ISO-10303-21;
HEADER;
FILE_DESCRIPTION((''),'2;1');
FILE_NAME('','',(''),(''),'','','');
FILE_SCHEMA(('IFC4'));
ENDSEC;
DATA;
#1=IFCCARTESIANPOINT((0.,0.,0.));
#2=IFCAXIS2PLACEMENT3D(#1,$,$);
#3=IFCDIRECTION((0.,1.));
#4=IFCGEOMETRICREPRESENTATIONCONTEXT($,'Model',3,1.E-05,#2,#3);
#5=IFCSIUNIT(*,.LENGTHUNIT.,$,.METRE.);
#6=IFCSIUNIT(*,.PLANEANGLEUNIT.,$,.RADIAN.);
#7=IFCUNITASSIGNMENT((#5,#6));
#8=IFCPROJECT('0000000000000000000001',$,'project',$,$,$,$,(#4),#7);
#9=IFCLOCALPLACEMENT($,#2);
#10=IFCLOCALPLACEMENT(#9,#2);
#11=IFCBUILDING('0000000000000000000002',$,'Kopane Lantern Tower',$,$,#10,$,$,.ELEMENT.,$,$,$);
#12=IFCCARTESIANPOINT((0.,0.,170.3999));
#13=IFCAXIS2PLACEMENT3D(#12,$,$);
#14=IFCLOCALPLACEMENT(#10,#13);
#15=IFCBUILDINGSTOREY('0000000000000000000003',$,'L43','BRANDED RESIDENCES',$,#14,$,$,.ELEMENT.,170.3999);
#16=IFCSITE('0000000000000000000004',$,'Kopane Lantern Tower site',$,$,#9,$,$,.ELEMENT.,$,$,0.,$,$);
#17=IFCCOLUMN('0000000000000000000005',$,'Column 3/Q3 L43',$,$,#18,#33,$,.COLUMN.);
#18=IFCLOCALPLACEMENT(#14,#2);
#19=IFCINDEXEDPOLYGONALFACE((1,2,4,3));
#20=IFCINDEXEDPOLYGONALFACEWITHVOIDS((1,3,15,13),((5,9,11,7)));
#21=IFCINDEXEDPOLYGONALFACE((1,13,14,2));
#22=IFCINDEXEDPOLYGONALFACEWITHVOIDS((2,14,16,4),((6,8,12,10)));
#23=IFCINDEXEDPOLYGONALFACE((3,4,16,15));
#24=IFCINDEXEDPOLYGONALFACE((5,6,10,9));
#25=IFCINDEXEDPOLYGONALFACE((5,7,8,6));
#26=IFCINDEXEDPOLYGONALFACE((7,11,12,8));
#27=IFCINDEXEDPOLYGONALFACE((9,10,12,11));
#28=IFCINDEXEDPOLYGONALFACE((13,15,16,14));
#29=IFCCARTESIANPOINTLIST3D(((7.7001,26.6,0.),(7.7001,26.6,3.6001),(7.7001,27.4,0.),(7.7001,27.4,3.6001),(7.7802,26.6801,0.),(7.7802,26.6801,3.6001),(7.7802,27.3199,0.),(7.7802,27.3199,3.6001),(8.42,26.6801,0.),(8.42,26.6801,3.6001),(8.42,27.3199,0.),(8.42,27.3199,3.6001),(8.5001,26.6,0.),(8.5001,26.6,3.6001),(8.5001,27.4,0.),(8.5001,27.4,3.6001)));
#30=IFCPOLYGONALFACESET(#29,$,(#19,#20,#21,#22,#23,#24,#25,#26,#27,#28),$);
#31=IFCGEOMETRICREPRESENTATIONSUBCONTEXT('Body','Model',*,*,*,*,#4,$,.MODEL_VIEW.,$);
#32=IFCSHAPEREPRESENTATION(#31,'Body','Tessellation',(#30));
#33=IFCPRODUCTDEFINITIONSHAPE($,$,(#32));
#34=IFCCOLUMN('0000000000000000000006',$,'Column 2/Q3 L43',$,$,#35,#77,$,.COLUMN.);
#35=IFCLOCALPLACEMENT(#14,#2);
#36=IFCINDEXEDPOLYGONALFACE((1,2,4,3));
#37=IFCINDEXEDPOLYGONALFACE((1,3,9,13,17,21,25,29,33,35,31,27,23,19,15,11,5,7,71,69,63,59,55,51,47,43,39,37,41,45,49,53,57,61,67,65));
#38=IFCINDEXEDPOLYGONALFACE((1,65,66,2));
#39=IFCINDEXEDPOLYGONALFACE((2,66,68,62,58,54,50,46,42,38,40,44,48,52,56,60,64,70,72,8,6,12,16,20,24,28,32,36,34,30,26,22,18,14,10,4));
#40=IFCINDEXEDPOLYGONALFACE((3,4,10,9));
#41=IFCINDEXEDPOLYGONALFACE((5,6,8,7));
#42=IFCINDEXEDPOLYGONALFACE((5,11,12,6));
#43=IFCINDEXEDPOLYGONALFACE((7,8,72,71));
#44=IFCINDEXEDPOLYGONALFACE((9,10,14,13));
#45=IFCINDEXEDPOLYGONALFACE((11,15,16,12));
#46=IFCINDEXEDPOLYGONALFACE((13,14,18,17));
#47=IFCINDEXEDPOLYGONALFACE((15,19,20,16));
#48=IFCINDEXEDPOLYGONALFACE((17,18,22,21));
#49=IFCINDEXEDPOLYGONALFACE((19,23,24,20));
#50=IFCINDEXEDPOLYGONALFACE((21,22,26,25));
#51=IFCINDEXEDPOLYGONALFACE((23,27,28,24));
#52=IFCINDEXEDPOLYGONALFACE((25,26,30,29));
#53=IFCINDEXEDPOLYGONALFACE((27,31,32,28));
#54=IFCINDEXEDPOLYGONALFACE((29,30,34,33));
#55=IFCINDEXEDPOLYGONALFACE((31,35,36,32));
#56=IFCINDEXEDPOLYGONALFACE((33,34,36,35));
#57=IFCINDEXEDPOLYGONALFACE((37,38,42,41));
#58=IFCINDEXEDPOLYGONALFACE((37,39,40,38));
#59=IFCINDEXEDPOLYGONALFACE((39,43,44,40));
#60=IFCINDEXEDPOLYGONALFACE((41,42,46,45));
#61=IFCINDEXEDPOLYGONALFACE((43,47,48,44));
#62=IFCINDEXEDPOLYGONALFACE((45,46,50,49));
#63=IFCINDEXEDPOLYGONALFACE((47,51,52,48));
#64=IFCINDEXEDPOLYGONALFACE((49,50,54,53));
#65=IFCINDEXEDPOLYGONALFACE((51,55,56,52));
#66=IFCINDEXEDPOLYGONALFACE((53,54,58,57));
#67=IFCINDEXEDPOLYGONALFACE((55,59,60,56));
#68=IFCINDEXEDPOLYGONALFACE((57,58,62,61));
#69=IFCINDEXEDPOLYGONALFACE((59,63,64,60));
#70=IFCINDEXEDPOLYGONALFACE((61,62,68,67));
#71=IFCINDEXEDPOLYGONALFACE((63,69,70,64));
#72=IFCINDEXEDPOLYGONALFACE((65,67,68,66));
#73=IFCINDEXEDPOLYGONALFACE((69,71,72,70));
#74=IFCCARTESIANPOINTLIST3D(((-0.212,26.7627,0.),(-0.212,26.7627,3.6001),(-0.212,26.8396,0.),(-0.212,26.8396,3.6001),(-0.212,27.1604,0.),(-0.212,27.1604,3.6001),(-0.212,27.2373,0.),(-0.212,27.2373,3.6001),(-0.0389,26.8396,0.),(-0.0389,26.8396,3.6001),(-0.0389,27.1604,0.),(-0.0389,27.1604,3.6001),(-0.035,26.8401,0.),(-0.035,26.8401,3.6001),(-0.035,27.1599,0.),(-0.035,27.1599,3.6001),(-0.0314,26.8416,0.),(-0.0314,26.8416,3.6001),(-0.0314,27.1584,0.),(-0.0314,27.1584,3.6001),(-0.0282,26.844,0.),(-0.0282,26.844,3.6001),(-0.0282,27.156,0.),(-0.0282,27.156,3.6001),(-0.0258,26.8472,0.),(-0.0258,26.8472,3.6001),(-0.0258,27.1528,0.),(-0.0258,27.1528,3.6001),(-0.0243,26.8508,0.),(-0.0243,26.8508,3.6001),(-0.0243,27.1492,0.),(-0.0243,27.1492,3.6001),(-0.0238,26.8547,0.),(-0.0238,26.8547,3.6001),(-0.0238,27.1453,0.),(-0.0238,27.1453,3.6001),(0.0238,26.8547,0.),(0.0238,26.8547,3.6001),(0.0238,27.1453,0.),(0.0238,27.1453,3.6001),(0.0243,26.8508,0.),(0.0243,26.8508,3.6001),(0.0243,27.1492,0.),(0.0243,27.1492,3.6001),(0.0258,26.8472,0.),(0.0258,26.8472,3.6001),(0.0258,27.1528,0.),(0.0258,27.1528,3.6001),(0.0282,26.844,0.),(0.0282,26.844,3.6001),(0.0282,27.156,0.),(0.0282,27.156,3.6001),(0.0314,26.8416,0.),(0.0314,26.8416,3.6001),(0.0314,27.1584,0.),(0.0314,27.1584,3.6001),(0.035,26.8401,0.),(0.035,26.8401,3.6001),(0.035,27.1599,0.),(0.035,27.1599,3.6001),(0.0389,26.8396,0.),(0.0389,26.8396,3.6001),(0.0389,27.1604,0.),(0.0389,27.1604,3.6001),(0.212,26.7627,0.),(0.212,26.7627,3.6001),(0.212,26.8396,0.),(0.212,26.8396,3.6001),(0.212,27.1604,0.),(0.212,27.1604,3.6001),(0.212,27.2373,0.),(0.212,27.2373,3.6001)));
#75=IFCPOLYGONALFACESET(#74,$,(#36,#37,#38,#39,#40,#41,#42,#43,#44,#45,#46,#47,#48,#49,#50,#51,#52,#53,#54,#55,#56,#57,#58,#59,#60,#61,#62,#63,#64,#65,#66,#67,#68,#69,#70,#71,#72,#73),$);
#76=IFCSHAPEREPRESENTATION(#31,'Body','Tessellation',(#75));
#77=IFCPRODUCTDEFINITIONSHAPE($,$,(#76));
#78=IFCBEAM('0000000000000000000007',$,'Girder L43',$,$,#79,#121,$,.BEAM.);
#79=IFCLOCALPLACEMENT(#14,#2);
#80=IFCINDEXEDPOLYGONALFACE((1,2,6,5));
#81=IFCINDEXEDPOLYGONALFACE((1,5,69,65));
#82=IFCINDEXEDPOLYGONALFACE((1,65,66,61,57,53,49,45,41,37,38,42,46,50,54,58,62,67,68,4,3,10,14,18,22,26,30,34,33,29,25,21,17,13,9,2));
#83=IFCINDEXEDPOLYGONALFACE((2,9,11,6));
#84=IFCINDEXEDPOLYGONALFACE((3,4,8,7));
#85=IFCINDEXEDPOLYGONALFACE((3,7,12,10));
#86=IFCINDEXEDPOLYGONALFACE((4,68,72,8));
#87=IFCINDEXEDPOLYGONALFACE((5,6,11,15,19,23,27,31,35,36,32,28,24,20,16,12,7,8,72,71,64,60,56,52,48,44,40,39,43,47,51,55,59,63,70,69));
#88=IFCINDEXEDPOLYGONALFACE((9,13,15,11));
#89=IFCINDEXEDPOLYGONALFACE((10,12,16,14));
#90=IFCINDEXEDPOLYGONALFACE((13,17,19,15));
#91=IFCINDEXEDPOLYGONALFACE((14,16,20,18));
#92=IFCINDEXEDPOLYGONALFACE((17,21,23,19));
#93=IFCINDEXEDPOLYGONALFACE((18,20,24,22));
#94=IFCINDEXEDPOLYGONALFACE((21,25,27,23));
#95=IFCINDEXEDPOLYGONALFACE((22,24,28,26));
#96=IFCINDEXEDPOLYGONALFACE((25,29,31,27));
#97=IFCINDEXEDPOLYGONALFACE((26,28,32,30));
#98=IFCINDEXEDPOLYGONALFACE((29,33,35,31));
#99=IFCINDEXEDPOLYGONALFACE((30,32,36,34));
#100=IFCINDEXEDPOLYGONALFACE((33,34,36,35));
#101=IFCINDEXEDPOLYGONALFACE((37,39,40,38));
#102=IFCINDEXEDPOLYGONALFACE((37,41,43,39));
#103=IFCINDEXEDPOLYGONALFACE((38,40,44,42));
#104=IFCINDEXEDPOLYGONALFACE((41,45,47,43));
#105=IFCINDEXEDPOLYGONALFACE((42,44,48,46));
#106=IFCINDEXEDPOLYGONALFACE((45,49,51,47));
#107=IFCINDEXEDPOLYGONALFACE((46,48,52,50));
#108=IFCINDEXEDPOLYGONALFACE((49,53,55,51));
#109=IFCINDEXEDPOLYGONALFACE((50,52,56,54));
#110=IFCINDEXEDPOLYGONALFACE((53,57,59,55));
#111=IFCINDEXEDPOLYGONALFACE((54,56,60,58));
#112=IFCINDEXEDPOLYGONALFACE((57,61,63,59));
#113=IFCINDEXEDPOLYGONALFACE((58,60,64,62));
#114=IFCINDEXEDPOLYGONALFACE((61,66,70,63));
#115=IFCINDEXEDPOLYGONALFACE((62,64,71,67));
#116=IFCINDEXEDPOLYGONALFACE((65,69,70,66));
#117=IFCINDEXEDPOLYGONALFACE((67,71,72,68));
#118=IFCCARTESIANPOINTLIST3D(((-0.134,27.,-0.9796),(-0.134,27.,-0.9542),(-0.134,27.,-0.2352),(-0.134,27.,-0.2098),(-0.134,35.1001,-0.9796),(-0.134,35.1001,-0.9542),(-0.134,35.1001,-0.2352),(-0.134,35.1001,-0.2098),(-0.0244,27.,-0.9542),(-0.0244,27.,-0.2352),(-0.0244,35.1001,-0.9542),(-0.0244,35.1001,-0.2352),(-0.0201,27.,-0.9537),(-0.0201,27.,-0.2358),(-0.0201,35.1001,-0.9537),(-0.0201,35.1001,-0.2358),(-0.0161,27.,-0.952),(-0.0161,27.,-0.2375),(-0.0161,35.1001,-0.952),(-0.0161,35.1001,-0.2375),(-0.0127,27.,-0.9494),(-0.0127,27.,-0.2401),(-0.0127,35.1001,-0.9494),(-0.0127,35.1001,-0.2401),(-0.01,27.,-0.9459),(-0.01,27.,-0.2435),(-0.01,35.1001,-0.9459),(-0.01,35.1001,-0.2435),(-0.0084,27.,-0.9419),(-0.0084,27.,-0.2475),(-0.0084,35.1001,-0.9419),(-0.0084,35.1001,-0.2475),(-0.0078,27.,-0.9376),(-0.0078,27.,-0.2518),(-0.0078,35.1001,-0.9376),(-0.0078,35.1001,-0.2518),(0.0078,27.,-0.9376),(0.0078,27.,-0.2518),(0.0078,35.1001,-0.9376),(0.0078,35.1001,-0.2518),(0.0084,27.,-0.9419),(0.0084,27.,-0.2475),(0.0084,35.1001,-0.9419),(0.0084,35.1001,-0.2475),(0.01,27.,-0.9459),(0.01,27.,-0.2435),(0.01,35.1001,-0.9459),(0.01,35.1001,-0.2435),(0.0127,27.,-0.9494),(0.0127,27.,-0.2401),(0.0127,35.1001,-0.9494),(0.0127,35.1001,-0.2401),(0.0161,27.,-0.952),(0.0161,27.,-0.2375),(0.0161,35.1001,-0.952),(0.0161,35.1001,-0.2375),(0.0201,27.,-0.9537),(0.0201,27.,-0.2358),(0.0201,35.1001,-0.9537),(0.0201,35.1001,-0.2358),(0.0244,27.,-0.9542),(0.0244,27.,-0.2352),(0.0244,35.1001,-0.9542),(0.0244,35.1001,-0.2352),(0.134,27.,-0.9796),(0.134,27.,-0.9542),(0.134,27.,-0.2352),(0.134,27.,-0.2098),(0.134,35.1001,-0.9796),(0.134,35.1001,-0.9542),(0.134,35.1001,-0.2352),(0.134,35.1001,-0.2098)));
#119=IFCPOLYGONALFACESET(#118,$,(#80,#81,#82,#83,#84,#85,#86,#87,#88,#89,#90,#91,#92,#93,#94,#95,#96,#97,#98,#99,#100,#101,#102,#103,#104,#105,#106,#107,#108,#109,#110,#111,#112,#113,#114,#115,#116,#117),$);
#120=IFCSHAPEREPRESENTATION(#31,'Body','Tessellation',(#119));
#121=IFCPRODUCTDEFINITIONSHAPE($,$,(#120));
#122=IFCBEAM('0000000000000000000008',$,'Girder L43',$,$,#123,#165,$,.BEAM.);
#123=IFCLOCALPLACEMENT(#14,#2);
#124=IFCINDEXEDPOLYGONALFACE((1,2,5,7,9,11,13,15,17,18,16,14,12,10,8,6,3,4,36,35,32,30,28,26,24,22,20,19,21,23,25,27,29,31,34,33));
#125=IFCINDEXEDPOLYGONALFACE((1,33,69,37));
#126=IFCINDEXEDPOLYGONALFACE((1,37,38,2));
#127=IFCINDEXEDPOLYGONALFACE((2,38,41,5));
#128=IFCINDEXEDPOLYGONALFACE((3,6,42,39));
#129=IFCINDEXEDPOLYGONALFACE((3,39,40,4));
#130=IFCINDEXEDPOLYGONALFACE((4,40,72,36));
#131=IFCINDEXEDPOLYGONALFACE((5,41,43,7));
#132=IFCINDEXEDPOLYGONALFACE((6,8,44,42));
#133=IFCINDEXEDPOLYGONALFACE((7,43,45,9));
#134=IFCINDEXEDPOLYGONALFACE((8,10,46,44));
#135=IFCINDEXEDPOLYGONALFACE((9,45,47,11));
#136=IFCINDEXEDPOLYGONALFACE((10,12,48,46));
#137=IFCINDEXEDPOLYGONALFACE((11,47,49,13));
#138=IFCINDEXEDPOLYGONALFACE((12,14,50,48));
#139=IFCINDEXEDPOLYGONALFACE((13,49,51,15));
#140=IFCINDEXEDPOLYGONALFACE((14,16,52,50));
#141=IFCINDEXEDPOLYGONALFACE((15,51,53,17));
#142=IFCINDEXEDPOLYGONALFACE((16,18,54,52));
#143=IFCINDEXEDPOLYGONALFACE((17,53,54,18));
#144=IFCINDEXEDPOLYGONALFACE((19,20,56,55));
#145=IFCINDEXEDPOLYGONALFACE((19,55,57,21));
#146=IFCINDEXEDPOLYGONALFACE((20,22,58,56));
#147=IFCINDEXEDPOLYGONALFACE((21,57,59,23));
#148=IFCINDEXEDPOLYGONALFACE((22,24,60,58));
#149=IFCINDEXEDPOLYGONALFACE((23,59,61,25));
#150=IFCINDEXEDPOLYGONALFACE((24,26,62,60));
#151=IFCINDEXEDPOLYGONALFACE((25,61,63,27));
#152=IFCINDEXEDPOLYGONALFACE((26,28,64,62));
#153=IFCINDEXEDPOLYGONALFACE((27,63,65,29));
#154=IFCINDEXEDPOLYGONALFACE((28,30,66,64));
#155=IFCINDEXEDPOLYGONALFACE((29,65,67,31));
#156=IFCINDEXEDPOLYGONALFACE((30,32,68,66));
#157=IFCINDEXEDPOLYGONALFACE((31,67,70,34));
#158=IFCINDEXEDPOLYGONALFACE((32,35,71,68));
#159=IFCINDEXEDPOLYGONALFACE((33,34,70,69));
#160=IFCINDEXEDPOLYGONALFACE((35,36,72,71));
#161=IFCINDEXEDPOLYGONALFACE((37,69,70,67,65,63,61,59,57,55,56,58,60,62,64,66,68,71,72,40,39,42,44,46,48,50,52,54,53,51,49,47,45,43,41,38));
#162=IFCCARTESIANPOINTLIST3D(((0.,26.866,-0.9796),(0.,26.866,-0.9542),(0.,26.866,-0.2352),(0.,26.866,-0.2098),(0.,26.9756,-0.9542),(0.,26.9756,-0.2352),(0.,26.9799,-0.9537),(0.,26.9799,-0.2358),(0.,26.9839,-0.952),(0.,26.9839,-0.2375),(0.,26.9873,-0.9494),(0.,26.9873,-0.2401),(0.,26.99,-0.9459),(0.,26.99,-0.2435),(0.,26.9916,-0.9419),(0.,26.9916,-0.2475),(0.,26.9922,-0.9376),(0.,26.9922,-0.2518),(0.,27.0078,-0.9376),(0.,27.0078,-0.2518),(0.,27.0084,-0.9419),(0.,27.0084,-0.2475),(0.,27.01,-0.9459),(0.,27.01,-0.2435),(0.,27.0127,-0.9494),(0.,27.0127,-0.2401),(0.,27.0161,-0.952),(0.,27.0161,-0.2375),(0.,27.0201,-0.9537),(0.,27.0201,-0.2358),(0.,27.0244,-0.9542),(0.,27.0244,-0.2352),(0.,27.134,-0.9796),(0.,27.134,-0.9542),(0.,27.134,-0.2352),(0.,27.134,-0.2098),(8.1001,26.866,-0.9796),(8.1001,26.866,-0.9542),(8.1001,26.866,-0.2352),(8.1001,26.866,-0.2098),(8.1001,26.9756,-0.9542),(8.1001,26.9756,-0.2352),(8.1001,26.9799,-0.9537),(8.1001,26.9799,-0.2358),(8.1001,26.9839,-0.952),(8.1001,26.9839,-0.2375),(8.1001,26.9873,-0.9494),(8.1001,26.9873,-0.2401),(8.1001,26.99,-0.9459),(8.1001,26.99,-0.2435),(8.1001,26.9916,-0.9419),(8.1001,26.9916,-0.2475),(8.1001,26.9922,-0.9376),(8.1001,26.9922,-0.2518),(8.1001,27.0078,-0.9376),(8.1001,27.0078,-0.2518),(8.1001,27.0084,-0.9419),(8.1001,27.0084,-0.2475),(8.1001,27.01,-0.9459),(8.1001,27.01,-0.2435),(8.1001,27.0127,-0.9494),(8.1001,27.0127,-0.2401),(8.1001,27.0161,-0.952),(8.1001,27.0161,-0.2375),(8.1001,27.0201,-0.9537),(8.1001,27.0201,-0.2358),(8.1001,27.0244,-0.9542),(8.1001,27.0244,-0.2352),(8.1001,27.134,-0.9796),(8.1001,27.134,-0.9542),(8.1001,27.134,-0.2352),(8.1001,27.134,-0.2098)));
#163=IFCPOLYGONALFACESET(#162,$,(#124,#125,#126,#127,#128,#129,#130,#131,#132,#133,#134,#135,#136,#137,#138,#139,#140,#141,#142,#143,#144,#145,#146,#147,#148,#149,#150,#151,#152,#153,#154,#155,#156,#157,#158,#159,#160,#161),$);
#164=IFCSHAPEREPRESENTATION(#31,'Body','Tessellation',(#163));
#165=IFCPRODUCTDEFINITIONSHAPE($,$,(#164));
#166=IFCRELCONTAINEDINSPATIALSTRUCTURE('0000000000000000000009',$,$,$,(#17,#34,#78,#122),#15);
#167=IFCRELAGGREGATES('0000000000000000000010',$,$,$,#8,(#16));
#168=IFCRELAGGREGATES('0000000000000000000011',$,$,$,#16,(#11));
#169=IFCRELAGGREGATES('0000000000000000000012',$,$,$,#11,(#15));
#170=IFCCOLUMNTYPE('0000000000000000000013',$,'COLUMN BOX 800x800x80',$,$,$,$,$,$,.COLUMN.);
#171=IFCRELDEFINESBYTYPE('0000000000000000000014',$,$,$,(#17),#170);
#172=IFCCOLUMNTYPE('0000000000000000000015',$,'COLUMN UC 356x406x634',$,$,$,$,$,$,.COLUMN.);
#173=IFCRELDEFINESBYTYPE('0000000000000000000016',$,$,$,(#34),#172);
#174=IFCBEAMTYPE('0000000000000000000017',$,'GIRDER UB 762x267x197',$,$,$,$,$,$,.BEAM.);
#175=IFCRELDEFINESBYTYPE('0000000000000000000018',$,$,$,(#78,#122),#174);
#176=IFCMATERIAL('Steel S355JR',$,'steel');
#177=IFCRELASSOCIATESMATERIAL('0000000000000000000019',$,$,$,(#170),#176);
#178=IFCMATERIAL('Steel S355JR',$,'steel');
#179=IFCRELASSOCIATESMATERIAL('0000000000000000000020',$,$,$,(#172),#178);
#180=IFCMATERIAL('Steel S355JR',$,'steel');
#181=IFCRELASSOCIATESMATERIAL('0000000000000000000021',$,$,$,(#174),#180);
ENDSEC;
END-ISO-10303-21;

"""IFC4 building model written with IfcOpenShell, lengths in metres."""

from ifc_helpers import new_model, si_unit, direction, frame, origin, origin_2d, place, context, subcontext, project, spatial, hollow_rectangle, i_section, extrude, material, material_profile, profile_set, type_object, element, save


model = new_model("IFC4")

# Units and contexts
model_context = context("Model", 3, precision=1e-05, world=origin(), true_north=direction((0.0, 1.0)))
body_context = subcontext(model_context, "Body", "Model", "MODEL_VIEW")
ifc_project = project(units=[si_unit("LENGTHUNIT", "METRE"), si_unit("PLANEANGLEUNIT", "RADIAN")], contexts=[model_context])

# Site, building, storey
site_placement = place(None, origin())
site = spatial("IfcSite", under=ifc_project, at=site_placement, Name="Kopane Lantern Tower site", CompositionType="ELEMENT", RefElevation=0.0)
building_placement = place(site_placement, origin())
building = spatial("IfcBuilding", under=site, at=building_placement, Name="Kopane Lantern Tower", CompositionType="ELEMENT")
storey_placement = place(building_placement, frame((0.0, 0.0, 170.3999)))
storey = spatial("IfcBuildingStorey", under=building, at=storey_placement, Name="L43", Description="BRANDED RESIDENCES", CompositionType="ELEMENT", Elevation=170.3999)

# Columns
ifc_material_1 = material(Name="Steel S355JR", Category="steel")
ifc_material_profile_1 = material_profile(ifc_material_1, hollow_rectangle(XDim=0.8, YDim=0.8, WallThickness=0.0801, at=origin_2d()), Name="BOX 800x800x80")
ifc_profile_set_1 = profile_set([ifc_material_profile_1], Name="Steel S355JR")
column_type_1 = type_object("IfcColumnType", Name="COLUMN BOX 800x800x80", PredefinedType="COLUMN", material=ifc_profile_set_1)
column_1_placement = place(storey_placement, frame((8.1001, 27.0, 0.0), z_axis=(0.0, 0.0, 1.0), x_axis=(1.0, 0.0, 0.0)))
element("IfcColumn", 1, at=column_1_placement, inside=storey, type_object=column_type_1, Name="Column 3/Q3 L43", PredefinedType="COLUMN", context=body_context, shape_type="SweptSolid", body=[
    extrude(hollow_rectangle(XDim=0.8, YDim=0.8, WallThickness=0.0801, at=origin_2d()), origin(), (0.0, 0.0, 1.0), 3.6001),
])
ifc_material_2 = material(Name="Steel S355JR", Category="steel")
ifc_material_profile_2 = material_profile(ifc_material_2, i_section(OverallWidth=0.4241, OverallDepth=0.4746, WebThickness=0.0476, FlangeThickness=0.0769, FilletRadius=0.0151, at=origin_2d()), Name="UC 356x406x634")
ifc_profile_set_2 = profile_set([ifc_material_profile_2], Name="Steel S355JR")
column_type_2 = type_object("IfcColumnType", Name="COLUMN UC 356x406x634", PredefinedType="COLUMN", material=ifc_profile_set_2)
column_2_placement = place(storey_placement, frame((0.0, 27.0, 0.0), z_axis=(0.0, 0.0, 1.0), x_axis=(1.0, 0.0, 0.0)))
element("IfcColumn", 2, at=column_2_placement, inside=storey, type_object=column_type_2, Name="Column 2/Q3 L43", PredefinedType="COLUMN", context=body_context, shape_type="SweptSolid", body=[
    extrude(i_section(OverallWidth=0.4241, OverallDepth=0.4746, WebThickness=0.0476, FlangeThickness=0.0769, FilletRadius=0.0151, at=origin_2d()), origin(), (0.0, 0.0, 1.0), 3.6001),
])

# Beams
ifc_material_3 = material(Name="Steel S355JR", Category="steel")
ifc_material_profile_3 = material_profile(ifc_material_3, i_section(OverallWidth=0.2681, OverallDepth=0.7698, WebThickness=0.0156, FlangeThickness=0.0254, FilletRadius=0.0166, at=origin_2d()), Name="UB 762x267x197")
ifc_profile_set_3 = profile_set([ifc_material_profile_3], Name="Steel S355JR")
beam_type = type_object("IfcBeamType", Name="GIRDER UB 762x267x197", PredefinedType="BEAM", material=ifc_profile_set_3)
for number, where, z_axis, x_axis, name in (
    (3, (0.0, 27.0, -0.5947), (0.0, 1.0, 0.0), (-1.0, 0.0, 0.0), "Girder L43"),
    (4, (0.0, 27.0, -0.5947), (1.0, 0.0, 0.0), (0.0, 1.0, 0.0), "Girder L43"),
):
    element("IfcBeam", number, at=place(storey_placement, frame(where, z_axis=z_axis, x_axis=x_axis)), inside=storey, type_object=beam_type, Name=name, PredefinedType="BEAM", context=body_context, shape_type="SweptSolid", body=[
        extrude(i_section(OverallWidth=0.2681, OverallDepth=0.7698, WebThickness=0.0156, FlangeThickness=0.0254, FilletRadius=0.0166, at=origin_2d()), origin(), (0.0, 0.0, 1.0), 8.1001),
    ])

save(model, "model.ifc")
